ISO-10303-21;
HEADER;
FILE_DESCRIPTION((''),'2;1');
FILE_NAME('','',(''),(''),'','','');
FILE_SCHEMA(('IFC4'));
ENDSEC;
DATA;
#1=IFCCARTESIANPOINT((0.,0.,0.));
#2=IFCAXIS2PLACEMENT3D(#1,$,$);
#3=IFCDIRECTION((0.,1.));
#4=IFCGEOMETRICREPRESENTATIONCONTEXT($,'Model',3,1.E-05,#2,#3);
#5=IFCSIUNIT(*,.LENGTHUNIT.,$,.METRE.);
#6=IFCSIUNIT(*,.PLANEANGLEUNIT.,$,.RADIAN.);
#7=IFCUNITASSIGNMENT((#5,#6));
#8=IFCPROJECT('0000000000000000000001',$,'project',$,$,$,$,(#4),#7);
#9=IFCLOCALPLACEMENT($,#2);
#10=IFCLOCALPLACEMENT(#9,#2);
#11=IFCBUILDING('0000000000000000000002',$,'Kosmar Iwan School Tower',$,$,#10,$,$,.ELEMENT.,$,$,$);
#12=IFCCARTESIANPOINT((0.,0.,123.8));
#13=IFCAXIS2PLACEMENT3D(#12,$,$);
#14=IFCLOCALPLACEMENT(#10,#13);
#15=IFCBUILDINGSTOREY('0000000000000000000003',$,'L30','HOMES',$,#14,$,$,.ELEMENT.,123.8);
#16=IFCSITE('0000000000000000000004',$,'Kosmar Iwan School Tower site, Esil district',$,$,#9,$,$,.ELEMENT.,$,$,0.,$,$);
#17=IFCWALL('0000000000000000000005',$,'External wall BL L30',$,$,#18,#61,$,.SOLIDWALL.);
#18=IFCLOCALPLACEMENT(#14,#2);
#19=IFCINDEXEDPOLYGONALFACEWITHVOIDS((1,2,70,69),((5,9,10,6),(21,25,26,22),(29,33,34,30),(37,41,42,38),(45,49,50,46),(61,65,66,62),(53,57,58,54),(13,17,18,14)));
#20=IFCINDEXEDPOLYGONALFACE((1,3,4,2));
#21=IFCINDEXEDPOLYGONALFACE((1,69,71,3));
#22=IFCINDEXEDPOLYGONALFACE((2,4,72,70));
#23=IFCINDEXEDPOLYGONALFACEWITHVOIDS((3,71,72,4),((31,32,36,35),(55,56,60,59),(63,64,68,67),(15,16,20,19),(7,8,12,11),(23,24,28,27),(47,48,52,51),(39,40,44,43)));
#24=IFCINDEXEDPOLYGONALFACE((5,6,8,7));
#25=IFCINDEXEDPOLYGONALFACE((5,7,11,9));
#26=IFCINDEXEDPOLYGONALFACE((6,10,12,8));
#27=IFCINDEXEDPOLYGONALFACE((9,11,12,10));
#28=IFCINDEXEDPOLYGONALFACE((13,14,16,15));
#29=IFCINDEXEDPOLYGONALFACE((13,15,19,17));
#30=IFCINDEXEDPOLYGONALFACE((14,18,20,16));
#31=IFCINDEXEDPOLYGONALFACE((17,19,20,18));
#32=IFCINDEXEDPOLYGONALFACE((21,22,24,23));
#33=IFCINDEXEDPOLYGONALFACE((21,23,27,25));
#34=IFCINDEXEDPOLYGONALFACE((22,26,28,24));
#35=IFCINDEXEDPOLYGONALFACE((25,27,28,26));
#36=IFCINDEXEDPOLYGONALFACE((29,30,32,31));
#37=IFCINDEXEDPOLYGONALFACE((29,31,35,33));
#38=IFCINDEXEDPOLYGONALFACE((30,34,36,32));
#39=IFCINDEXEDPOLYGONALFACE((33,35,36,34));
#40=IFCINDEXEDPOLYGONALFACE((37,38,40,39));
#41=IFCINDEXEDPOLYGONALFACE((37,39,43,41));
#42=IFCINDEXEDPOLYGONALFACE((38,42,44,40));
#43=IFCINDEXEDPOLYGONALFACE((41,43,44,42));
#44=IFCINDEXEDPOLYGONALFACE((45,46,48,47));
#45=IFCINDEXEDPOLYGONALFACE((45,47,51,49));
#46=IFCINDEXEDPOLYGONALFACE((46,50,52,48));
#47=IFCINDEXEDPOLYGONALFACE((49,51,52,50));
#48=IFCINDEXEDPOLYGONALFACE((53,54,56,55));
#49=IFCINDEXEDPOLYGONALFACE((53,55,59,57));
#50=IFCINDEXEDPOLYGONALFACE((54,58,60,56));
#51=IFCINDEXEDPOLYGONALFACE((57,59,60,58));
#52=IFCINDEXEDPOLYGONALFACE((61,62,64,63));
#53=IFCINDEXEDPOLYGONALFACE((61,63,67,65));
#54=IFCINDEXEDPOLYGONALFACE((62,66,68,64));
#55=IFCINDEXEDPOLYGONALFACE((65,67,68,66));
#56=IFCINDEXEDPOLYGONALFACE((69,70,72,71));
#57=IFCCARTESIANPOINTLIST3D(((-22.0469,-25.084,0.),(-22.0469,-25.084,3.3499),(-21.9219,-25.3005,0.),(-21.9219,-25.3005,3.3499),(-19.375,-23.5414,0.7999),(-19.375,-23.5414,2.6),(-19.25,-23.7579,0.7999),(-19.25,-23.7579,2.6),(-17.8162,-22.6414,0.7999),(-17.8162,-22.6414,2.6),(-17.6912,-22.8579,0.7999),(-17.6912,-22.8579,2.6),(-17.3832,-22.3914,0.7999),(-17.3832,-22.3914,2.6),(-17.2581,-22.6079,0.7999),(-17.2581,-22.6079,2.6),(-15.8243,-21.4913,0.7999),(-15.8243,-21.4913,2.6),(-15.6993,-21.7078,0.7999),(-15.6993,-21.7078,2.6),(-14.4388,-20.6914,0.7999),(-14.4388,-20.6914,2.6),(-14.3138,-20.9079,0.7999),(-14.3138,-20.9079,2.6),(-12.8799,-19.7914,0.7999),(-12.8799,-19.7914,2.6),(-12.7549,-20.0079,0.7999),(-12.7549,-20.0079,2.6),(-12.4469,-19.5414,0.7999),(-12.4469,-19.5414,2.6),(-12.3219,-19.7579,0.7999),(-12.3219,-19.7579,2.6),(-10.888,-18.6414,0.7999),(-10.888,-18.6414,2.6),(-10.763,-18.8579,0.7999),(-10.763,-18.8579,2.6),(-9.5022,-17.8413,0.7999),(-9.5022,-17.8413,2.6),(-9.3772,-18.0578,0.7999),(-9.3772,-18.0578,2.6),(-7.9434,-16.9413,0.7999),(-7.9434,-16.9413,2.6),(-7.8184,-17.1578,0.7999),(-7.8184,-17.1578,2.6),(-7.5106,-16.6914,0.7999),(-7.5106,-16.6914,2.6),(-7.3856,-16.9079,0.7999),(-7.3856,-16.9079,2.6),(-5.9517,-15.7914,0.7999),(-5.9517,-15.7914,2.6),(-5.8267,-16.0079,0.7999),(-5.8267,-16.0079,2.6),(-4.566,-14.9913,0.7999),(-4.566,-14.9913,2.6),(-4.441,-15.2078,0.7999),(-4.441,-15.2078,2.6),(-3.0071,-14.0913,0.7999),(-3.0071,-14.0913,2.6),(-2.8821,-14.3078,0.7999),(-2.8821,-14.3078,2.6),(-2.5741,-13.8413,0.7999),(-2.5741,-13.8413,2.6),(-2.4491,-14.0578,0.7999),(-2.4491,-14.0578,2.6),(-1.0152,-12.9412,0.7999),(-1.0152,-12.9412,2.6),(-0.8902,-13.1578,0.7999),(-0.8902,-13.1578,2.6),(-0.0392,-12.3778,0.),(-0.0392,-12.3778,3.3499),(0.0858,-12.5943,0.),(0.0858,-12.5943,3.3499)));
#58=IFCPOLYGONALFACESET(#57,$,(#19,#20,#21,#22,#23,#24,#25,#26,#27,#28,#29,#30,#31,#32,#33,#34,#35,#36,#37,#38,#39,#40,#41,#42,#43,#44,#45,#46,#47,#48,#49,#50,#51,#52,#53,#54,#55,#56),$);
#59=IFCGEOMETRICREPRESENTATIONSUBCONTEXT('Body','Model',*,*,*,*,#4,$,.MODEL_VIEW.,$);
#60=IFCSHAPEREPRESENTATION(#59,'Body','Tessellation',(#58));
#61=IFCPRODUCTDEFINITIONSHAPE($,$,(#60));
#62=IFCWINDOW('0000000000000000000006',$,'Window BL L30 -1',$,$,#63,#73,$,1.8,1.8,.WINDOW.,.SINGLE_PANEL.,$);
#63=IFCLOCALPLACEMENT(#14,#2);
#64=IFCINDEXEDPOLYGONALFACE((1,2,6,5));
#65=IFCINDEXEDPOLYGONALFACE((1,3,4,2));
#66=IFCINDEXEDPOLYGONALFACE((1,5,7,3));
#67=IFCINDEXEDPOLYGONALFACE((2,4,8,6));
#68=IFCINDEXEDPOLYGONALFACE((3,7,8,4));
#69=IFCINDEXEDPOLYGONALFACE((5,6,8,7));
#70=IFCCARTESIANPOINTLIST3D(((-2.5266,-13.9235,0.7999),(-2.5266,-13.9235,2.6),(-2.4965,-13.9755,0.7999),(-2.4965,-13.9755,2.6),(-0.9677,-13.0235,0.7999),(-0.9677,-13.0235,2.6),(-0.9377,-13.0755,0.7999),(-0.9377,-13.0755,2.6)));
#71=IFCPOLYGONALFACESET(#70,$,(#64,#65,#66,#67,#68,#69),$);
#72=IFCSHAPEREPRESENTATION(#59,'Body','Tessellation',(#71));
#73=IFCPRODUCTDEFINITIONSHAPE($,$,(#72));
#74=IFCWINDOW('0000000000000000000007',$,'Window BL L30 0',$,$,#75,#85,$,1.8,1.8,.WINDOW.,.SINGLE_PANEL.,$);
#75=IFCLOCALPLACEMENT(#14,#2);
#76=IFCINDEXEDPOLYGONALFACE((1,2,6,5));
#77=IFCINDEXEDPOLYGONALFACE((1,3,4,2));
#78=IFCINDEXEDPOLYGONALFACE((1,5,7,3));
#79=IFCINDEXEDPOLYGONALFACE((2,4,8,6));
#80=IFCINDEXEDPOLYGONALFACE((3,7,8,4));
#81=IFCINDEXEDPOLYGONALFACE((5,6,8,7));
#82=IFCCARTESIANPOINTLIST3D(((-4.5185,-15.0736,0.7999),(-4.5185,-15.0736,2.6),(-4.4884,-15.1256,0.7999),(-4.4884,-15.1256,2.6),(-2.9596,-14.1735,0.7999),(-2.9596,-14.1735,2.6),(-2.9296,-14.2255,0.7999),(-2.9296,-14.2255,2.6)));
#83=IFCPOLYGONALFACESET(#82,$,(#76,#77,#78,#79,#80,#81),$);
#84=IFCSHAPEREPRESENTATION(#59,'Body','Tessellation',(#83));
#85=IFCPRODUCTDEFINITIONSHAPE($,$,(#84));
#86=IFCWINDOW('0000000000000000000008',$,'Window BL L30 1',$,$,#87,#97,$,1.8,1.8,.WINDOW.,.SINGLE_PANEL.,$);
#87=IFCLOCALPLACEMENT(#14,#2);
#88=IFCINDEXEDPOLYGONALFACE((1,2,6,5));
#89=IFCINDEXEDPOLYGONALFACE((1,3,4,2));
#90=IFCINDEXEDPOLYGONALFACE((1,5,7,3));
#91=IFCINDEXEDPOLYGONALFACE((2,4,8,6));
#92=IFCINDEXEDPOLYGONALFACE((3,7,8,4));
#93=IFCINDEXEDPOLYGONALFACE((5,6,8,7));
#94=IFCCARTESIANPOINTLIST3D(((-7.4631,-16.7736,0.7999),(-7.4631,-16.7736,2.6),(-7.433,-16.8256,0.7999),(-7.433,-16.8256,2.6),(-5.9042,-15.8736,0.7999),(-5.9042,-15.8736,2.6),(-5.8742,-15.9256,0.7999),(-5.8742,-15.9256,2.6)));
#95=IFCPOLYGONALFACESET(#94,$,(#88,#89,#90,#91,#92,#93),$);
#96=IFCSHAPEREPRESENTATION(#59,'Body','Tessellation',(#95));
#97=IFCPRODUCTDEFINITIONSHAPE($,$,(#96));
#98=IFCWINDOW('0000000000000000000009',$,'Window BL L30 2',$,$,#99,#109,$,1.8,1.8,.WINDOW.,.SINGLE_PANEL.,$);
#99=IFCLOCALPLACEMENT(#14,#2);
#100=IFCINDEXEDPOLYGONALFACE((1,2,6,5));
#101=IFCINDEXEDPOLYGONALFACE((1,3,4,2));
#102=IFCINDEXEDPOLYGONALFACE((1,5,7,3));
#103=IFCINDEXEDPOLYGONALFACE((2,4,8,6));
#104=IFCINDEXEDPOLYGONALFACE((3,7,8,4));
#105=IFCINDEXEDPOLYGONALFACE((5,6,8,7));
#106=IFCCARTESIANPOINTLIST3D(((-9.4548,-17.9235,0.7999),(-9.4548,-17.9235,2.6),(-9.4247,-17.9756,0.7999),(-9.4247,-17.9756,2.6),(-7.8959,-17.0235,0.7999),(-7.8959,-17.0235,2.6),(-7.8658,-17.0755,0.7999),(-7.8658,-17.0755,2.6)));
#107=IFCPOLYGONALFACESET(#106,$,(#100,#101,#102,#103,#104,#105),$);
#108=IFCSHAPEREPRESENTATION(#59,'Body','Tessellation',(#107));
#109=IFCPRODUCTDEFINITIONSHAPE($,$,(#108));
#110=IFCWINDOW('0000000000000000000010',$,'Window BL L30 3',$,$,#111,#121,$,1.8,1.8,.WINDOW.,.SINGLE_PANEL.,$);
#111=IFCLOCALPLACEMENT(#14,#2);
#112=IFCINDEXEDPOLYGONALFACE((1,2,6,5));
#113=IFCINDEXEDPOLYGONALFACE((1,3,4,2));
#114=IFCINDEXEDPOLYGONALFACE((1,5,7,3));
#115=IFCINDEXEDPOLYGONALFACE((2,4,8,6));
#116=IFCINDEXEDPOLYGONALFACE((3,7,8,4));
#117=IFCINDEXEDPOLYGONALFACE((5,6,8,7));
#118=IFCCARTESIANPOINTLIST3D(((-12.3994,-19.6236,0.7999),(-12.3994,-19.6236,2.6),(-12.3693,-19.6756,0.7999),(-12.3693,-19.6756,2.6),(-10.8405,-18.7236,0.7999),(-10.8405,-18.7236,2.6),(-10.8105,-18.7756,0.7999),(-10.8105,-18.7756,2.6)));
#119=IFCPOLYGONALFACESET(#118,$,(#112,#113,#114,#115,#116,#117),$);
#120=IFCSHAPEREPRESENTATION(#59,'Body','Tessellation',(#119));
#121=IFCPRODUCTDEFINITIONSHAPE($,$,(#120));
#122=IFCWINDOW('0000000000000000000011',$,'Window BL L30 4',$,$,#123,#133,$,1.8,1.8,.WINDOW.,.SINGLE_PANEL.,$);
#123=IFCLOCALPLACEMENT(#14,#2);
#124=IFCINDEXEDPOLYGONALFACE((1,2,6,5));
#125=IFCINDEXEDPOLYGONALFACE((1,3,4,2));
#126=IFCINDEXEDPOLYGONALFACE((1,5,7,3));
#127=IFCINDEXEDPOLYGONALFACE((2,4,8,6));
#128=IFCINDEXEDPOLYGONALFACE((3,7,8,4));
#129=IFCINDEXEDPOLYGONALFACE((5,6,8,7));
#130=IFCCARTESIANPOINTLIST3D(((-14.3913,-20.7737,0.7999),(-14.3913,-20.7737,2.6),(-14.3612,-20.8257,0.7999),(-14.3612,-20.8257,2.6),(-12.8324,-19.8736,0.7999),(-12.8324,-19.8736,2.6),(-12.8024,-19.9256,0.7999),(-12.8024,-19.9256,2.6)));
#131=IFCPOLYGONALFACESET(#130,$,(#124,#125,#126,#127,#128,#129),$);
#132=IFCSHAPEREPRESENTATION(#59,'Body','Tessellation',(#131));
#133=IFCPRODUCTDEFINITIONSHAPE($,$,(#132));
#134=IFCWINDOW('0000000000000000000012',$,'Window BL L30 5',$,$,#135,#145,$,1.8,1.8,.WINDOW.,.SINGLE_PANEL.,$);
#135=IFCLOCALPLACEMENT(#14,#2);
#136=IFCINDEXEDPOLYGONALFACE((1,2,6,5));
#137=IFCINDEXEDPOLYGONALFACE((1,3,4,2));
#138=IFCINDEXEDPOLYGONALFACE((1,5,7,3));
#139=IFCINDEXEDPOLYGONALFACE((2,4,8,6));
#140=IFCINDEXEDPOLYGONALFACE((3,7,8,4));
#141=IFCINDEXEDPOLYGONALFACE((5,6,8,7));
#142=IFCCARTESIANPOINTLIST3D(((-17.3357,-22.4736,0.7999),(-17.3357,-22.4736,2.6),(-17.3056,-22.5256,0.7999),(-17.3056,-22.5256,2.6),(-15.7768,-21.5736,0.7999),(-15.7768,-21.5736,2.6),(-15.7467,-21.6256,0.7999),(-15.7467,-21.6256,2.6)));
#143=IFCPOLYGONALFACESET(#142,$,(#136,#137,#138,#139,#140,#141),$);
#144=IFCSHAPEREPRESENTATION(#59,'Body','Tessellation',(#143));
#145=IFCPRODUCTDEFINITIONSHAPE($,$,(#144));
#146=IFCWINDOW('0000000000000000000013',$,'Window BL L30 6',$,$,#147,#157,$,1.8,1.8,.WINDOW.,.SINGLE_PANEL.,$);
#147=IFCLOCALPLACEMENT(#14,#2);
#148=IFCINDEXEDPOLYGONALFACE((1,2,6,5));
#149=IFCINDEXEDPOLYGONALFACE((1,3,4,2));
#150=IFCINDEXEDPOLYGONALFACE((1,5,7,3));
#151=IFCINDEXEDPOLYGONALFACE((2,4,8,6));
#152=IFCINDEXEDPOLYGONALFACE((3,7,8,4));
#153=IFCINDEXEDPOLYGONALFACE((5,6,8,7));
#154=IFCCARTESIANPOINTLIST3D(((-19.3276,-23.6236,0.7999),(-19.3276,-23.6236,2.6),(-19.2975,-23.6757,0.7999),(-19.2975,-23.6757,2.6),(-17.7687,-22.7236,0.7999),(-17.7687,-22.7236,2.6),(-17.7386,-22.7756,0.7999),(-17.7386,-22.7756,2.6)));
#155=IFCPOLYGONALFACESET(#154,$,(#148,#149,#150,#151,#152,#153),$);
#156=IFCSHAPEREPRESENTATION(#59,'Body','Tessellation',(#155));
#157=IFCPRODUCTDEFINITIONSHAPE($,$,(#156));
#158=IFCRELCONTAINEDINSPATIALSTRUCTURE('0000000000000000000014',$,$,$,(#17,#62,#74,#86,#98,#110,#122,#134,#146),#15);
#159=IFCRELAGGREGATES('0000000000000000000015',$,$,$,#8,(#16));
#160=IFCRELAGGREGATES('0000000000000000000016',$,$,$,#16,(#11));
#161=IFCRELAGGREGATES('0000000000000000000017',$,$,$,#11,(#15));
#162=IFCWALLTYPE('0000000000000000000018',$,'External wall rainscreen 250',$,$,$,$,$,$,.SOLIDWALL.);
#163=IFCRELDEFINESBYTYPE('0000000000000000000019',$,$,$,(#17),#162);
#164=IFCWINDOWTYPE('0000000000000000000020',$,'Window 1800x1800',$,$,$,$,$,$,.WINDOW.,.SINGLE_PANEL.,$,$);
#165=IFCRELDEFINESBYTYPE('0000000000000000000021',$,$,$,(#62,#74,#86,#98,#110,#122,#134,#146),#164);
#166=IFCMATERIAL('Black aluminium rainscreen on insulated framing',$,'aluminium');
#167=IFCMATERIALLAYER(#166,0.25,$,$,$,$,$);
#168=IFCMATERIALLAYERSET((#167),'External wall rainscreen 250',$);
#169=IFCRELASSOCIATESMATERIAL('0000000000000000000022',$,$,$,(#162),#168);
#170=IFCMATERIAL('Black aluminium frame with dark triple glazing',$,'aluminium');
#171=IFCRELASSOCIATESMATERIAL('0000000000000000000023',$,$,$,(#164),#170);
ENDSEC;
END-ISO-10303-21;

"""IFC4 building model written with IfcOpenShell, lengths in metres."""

from ifc_helpers import new_model, si_unit, direction, frame, frame_2d, origin, place, context, subcontext, project, spatial, rectangle, extrude, material, layer, layer_set, type_object, element, fill, save


model = new_model("IFC4")

# Units and contexts
model_context = context("Model", 3, precision=1e-05, world=origin(), true_north=direction((0.0, 1.0)))
body_context = subcontext(model_context, "Body", "Model", "MODEL_VIEW")
ifc_project = project(units=[si_unit("LENGTHUNIT", "METRE"), si_unit("PLANEANGLEUNIT", "RADIAN")], contexts=[model_context])

# Site, building, storey
site_placement = place(None, origin())
site = spatial("IfcSite", under=ifc_project, at=site_placement, Name="Kosmar Iwan School Tower site, Esil district", CompositionType="ELEMENT", RefElevation=0.0)
building_placement = place(site_placement, origin())
building = spatial("IfcBuilding", under=site, at=building_placement, Name="Kosmar Iwan School Tower", CompositionType="ELEMENT")
storey_placement = place(building_placement, frame((0.0, 0.0, 123.8)))
storey = spatial("IfcBuildingStorey", under=building, at=storey_placement, Name="L30", Description="HOMES", CompositionType="ELEMENT", Elevation=123.8)

# Wall, openings, windows
ifc_material_1 = material(Name="Black aluminium rainscreen on insulated framing", Category="aluminium")
ifc_layer = layer(ifc_material_1, 0.25)
ifc_layer_set = layer_set([ifc_layer], Name="External wall rainscreen 250")
wall_type = type_object("IfcWallType", Name="External wall rainscreen 250", PredefinedType="SOLIDWALL", material=ifc_layer_set)
wall_1_placement = place(storey_placement, frame((0.0232, -12.4861, 0.0), z_axis=(0.0, 0.0, 1.0), x_axis=(-0.866024, -0.500002, 0.0)))
wall_1 = element("IfcWall", 1, at=wall_1_placement, inside=storey, type_object=wall_type, Name="External wall BL L30", PredefinedType="SOLIDWALL", context=body_context, shape_type="SweptSolid", body=[
    extrude(rectangle(XDim=25.4124, YDim=0.25, at=frame_2d((12.7061, 0.0))), origin(), (0.0, 0.0, 1.0), 3.3499),
])
opening_1_placement = place(wall_1_placement, frame((1.127, 0.0, 0.8)))
opening_1 = element("IfcOpeningElement", 2, at=opening_1_placement, cuts=wall_1, PredefinedType="OPENING", context=body_context, shape_type="SweptSolid", body=[
    extrude(rectangle(XDim=1.8, YDim=1.8, at=frame_2d((0.8999, 0.8999))), frame((0.0, 0.137, 0.0), z_axis=(0.0, -1.0, 0.0), x_axis=(1.0, 0.0, 0.0)), (0.0, 0.0, 1.0), 0.2739),
])
opening_2_placement = place(wall_1_placement, frame((3.427, 0.0, 0.8)))
opening_2 = element("IfcOpeningElement", 3, at=opening_2_placement, cuts=wall_1, PredefinedType="OPENING", context=body_context, shape_type="SweptSolid", body=[
    extrude(rectangle(XDim=1.8, YDim=1.8, at=frame_2d((0.8999, 0.8999))), frame((0.0, 0.137, 0.0), z_axis=(0.0, -1.0, 0.0), x_axis=(1.0, 0.0, 0.0)), (0.0, 0.0, 1.0), 0.2739),
])
opening_3_placement = place(wall_1_placement, frame((6.8271, 0.0, 0.8)))
opening_3 = element("IfcOpeningElement", 4, at=opening_3_placement, cuts=wall_1, PredefinedType="OPENING", context=body_context, shape_type="SweptSolid", body=[
    extrude(rectangle(XDim=1.8, YDim=1.8, at=frame_2d((0.8999, 0.8999))), frame((0.0, 0.137, 0.0), z_axis=(0.0, -1.0, 0.0), x_axis=(1.0, 0.0, 0.0)), (0.0, 0.0, 1.0), 0.2739),
])
opening_4_placement = place(wall_1_placement, frame((9.127, 0.0, 0.8)))
opening_4 = element("IfcOpeningElement", 5, at=opening_4_placement, cuts=wall_1, PredefinedType="OPENING", context=body_context, shape_type="SweptSolid", body=[
    extrude(rectangle(XDim=1.8, YDim=1.8, at=frame_2d((0.8999, 0.8999))), frame((0.0, 0.137, 0.0), z_axis=(0.0, -1.0, 0.0), x_axis=(1.0, 0.0, 0.0)), (0.0, 0.0, 1.0), 0.2739),
])
opening_5_placement = place(wall_1_placement, frame((12.5271, 0.0, 0.8)))
opening_5 = element("IfcOpeningElement", 6, at=opening_5_placement, cuts=wall_1, PredefinedType="OPENING", context=body_context, shape_type="SweptSolid", body=[
    extrude(rectangle(XDim=1.8, YDim=1.8, at=frame_2d((0.8999, 0.8999))), frame((0.0, 0.137, 0.0), z_axis=(0.0, -1.0, 0.0), x_axis=(1.0, 0.0, 0.0)), (0.0, 0.0, 1.0), 0.2739),
])
opening_6_placement = place(wall_1_placement, frame((14.8271, 0.0, 0.8)))
opening_6 = element("IfcOpeningElement", 7, at=opening_6_placement, cuts=wall_1, PredefinedType="OPENING", context=body_context, shape_type="SweptSolid", body=[
    extrude(rectangle(XDim=1.8, YDim=1.8, at=frame_2d((0.8999, 0.8999))), frame((0.0, 0.137, 0.0), z_axis=(0.0, -1.0, 0.0), x_axis=(1.0, 0.0, 0.0)), (0.0, 0.0, 1.0), 0.2739),
])
opening_7_placement = place(wall_1_placement, frame((18.2271, 0.0, 0.8)))
opening_7 = element("IfcOpeningElement", 8, at=opening_7_placement, cuts=wall_1, PredefinedType="OPENING", context=body_context, shape_type="SweptSolid", body=[
    extrude(rectangle(XDim=1.8, YDim=1.8, at=frame_2d((0.8999, 0.8999))), frame((0.0, 0.137, 0.0), z_axis=(0.0, -1.0, 0.0), x_axis=(1.0, 0.0, 0.0)), (0.0, 0.0, 1.0), 0.2739),
])
opening_8_placement = place(wall_1_placement, frame((20.5271, 0.0, 0.8)))
opening_8 = element("IfcOpeningElement", 9, at=opening_8_placement, cuts=wall_1, PredefinedType="OPENING", context=body_context, shape_type="SweptSolid", body=[
    extrude(rectangle(XDim=1.8, YDim=1.8, at=frame_2d((0.8999, 0.8999))), frame((0.0, 0.137, 0.0), z_axis=(0.0, -1.0, 0.0), x_axis=(1.0, 0.0, 0.0)), (0.0, 0.0, 1.0), 0.2739),
])
ifc_material_2 = material(Name="Black aluminium frame with dark triple glazing", Category="aluminium")
window_type = type_object("IfcWindowType", Name="Window 1800x1800", PartitioningType="SINGLE_PANEL", PredefinedType="WINDOW", material=ifc_material_2)
window_1_placement = place(opening_1_placement, origin())
window_1 = element("IfcWindow", 10, at=window_1_placement, inside=storey, type_object=window_type, Name="Window BL L30 -1", OverallHeight=1.8, OverallWidth=1.8, PartitioningType="SINGLE_PANEL", PredefinedType="WINDOW", context=body_context, shape_type="SweptSolid", body=[
    extrude(rectangle(XDim=1.8, YDim=1.8, at=frame_2d((0.8999, 0.8999))), frame((0.0, 0.03, 0.0), z_axis=(0.0, -1.0, 0.0), x_axis=(1.0, 0.0, 0.0)), (0.0, 0.0, 1.0), 0.0601),
])
fill(opening_1, window_1)
window_2_placement = place(opening_2_placement, origin())
window_2 = element("IfcWindow", 11, at=window_2_placement, inside=storey, type_object=window_type, Name="Window BL L30 0", OverallHeight=1.8, OverallWidth=1.8, PartitioningType="SINGLE_PANEL", PredefinedType="WINDOW", context=body_context, shape_type="SweptSolid", body=[
    extrude(rectangle(XDim=1.8, YDim=1.8, at=frame_2d((0.8999, 0.8999))), frame((0.0, 0.03, 0.0), z_axis=(0.0, -1.0, 0.0), x_axis=(1.0, 0.0, 0.0)), (0.0, 0.0, 1.0), 0.0601),
])
fill(opening_2, window_2)
window_3_placement = place(opening_3_placement, origin())
window_3 = element("IfcWindow", 12, at=window_3_placement, inside=storey, type_object=window_type, Name="Window BL L30 1", OverallHeight=1.8, OverallWidth=1.8, PartitioningType="SINGLE_PANEL", PredefinedType="WINDOW", context=body_context, shape_type="SweptSolid", body=[
    extrude(rectangle(XDim=1.8, YDim=1.8, at=frame_2d((0.8999, 0.8999))), frame((0.0, 0.03, 0.0), z_axis=(0.0, -1.0, 0.0), x_axis=(1.0, 0.0, 0.0)), (0.0, 0.0, 1.0), 0.0601),
])
fill(opening_3, window_3)
window_4_placement = place(opening_4_placement, origin())
window_4 = element("IfcWindow", 13, at=window_4_placement, inside=storey, type_object=window_type, Name="Window BL L30 2", OverallHeight=1.8, OverallWidth=1.8, PartitioningType="SINGLE_PANEL", PredefinedType="WINDOW", context=body_context, shape_type="SweptSolid", body=[
    extrude(rectangle(XDim=1.8, YDim=1.8, at=frame_2d((0.8999, 0.8999))), frame((0.0, 0.03, 0.0), z_axis=(0.0, -1.0, 0.0), x_axis=(1.0, 0.0, 0.0)), (0.0, 0.0, 1.0), 0.0601),
])
fill(opening_4, window_4)
window_5_placement = place(opening_5_placement, origin())
window_5 = element("IfcWindow", 14, at=window_5_placement, inside=storey, type_object=window_type, Name="Window BL L30 3", OverallHeight=1.8, OverallWidth=1.8, PartitioningType="SINGLE_PANEL", PredefinedType="WINDOW", context=body_context, shape_type="SweptSolid", body=[
    extrude(rectangle(XDim=1.8, YDim=1.8, at=frame_2d((0.8999, 0.8999))), frame((0.0, 0.03, 0.0), z_axis=(0.0, -1.0, 0.0), x_axis=(1.0, 0.0, 0.0)), (0.0, 0.0, 1.0), 0.0601),
])
fill(opening_5, window_5)
window_6_placement = place(opening_6_placement, origin())
window_6 = element("IfcWindow", 15, at=window_6_placement, inside=storey, type_object=window_type, Name="Window BL L30 4", OverallHeight=1.8, OverallWidth=1.8, PartitioningType="SINGLE_PANEL", PredefinedType="WINDOW", context=body_context, shape_type="SweptSolid", body=[
    extrude(rectangle(XDim=1.8, YDim=1.8, at=frame_2d((0.8999, 0.8999))), frame((0.0, 0.03, 0.0), z_axis=(0.0, -1.0, 0.0), x_axis=(1.0, 0.0, 0.0)), (0.0, 0.0, 1.0), 0.0601),
])
fill(opening_6, window_6)
window_7_placement = place(opening_7_placement, origin())
window_7 = element("IfcWindow", 16, at=window_7_placement, inside=storey, type_object=window_type, Name="Window BL L30 5", OverallHeight=1.8, OverallWidth=1.8, PartitioningType="SINGLE_PANEL", PredefinedType="WINDOW", context=body_context, shape_type="SweptSolid", body=[
    extrude(rectangle(XDim=1.8, YDim=1.8, at=frame_2d((0.8999, 0.8999))), frame((0.0, 0.03, 0.0), z_axis=(0.0, -1.0, 0.0), x_axis=(1.0, 0.0, 0.0)), (0.0, 0.0, 1.0), 0.0601),
])
fill(opening_7, window_7)
window_8_placement = place(opening_8_placement, origin())
window_8 = element("IfcWindow", 17, at=window_8_placement, inside=storey, type_object=window_type, Name="Window BL L30 6", OverallHeight=1.8, OverallWidth=1.8, PartitioningType="SINGLE_PANEL", PredefinedType="WINDOW", context=body_context, shape_type="SweptSolid", body=[
    extrude(rectangle(XDim=1.8, YDim=1.8, at=frame_2d((0.8999, 0.8999))), frame((0.0, 0.03, 0.0), z_axis=(0.0, -1.0, 0.0), x_axis=(1.0, 0.0, 0.0)), (0.0, 0.0, 1.0), 0.0601),
])
fill(opening_8, window_8)

save(model, "model.ifc")
